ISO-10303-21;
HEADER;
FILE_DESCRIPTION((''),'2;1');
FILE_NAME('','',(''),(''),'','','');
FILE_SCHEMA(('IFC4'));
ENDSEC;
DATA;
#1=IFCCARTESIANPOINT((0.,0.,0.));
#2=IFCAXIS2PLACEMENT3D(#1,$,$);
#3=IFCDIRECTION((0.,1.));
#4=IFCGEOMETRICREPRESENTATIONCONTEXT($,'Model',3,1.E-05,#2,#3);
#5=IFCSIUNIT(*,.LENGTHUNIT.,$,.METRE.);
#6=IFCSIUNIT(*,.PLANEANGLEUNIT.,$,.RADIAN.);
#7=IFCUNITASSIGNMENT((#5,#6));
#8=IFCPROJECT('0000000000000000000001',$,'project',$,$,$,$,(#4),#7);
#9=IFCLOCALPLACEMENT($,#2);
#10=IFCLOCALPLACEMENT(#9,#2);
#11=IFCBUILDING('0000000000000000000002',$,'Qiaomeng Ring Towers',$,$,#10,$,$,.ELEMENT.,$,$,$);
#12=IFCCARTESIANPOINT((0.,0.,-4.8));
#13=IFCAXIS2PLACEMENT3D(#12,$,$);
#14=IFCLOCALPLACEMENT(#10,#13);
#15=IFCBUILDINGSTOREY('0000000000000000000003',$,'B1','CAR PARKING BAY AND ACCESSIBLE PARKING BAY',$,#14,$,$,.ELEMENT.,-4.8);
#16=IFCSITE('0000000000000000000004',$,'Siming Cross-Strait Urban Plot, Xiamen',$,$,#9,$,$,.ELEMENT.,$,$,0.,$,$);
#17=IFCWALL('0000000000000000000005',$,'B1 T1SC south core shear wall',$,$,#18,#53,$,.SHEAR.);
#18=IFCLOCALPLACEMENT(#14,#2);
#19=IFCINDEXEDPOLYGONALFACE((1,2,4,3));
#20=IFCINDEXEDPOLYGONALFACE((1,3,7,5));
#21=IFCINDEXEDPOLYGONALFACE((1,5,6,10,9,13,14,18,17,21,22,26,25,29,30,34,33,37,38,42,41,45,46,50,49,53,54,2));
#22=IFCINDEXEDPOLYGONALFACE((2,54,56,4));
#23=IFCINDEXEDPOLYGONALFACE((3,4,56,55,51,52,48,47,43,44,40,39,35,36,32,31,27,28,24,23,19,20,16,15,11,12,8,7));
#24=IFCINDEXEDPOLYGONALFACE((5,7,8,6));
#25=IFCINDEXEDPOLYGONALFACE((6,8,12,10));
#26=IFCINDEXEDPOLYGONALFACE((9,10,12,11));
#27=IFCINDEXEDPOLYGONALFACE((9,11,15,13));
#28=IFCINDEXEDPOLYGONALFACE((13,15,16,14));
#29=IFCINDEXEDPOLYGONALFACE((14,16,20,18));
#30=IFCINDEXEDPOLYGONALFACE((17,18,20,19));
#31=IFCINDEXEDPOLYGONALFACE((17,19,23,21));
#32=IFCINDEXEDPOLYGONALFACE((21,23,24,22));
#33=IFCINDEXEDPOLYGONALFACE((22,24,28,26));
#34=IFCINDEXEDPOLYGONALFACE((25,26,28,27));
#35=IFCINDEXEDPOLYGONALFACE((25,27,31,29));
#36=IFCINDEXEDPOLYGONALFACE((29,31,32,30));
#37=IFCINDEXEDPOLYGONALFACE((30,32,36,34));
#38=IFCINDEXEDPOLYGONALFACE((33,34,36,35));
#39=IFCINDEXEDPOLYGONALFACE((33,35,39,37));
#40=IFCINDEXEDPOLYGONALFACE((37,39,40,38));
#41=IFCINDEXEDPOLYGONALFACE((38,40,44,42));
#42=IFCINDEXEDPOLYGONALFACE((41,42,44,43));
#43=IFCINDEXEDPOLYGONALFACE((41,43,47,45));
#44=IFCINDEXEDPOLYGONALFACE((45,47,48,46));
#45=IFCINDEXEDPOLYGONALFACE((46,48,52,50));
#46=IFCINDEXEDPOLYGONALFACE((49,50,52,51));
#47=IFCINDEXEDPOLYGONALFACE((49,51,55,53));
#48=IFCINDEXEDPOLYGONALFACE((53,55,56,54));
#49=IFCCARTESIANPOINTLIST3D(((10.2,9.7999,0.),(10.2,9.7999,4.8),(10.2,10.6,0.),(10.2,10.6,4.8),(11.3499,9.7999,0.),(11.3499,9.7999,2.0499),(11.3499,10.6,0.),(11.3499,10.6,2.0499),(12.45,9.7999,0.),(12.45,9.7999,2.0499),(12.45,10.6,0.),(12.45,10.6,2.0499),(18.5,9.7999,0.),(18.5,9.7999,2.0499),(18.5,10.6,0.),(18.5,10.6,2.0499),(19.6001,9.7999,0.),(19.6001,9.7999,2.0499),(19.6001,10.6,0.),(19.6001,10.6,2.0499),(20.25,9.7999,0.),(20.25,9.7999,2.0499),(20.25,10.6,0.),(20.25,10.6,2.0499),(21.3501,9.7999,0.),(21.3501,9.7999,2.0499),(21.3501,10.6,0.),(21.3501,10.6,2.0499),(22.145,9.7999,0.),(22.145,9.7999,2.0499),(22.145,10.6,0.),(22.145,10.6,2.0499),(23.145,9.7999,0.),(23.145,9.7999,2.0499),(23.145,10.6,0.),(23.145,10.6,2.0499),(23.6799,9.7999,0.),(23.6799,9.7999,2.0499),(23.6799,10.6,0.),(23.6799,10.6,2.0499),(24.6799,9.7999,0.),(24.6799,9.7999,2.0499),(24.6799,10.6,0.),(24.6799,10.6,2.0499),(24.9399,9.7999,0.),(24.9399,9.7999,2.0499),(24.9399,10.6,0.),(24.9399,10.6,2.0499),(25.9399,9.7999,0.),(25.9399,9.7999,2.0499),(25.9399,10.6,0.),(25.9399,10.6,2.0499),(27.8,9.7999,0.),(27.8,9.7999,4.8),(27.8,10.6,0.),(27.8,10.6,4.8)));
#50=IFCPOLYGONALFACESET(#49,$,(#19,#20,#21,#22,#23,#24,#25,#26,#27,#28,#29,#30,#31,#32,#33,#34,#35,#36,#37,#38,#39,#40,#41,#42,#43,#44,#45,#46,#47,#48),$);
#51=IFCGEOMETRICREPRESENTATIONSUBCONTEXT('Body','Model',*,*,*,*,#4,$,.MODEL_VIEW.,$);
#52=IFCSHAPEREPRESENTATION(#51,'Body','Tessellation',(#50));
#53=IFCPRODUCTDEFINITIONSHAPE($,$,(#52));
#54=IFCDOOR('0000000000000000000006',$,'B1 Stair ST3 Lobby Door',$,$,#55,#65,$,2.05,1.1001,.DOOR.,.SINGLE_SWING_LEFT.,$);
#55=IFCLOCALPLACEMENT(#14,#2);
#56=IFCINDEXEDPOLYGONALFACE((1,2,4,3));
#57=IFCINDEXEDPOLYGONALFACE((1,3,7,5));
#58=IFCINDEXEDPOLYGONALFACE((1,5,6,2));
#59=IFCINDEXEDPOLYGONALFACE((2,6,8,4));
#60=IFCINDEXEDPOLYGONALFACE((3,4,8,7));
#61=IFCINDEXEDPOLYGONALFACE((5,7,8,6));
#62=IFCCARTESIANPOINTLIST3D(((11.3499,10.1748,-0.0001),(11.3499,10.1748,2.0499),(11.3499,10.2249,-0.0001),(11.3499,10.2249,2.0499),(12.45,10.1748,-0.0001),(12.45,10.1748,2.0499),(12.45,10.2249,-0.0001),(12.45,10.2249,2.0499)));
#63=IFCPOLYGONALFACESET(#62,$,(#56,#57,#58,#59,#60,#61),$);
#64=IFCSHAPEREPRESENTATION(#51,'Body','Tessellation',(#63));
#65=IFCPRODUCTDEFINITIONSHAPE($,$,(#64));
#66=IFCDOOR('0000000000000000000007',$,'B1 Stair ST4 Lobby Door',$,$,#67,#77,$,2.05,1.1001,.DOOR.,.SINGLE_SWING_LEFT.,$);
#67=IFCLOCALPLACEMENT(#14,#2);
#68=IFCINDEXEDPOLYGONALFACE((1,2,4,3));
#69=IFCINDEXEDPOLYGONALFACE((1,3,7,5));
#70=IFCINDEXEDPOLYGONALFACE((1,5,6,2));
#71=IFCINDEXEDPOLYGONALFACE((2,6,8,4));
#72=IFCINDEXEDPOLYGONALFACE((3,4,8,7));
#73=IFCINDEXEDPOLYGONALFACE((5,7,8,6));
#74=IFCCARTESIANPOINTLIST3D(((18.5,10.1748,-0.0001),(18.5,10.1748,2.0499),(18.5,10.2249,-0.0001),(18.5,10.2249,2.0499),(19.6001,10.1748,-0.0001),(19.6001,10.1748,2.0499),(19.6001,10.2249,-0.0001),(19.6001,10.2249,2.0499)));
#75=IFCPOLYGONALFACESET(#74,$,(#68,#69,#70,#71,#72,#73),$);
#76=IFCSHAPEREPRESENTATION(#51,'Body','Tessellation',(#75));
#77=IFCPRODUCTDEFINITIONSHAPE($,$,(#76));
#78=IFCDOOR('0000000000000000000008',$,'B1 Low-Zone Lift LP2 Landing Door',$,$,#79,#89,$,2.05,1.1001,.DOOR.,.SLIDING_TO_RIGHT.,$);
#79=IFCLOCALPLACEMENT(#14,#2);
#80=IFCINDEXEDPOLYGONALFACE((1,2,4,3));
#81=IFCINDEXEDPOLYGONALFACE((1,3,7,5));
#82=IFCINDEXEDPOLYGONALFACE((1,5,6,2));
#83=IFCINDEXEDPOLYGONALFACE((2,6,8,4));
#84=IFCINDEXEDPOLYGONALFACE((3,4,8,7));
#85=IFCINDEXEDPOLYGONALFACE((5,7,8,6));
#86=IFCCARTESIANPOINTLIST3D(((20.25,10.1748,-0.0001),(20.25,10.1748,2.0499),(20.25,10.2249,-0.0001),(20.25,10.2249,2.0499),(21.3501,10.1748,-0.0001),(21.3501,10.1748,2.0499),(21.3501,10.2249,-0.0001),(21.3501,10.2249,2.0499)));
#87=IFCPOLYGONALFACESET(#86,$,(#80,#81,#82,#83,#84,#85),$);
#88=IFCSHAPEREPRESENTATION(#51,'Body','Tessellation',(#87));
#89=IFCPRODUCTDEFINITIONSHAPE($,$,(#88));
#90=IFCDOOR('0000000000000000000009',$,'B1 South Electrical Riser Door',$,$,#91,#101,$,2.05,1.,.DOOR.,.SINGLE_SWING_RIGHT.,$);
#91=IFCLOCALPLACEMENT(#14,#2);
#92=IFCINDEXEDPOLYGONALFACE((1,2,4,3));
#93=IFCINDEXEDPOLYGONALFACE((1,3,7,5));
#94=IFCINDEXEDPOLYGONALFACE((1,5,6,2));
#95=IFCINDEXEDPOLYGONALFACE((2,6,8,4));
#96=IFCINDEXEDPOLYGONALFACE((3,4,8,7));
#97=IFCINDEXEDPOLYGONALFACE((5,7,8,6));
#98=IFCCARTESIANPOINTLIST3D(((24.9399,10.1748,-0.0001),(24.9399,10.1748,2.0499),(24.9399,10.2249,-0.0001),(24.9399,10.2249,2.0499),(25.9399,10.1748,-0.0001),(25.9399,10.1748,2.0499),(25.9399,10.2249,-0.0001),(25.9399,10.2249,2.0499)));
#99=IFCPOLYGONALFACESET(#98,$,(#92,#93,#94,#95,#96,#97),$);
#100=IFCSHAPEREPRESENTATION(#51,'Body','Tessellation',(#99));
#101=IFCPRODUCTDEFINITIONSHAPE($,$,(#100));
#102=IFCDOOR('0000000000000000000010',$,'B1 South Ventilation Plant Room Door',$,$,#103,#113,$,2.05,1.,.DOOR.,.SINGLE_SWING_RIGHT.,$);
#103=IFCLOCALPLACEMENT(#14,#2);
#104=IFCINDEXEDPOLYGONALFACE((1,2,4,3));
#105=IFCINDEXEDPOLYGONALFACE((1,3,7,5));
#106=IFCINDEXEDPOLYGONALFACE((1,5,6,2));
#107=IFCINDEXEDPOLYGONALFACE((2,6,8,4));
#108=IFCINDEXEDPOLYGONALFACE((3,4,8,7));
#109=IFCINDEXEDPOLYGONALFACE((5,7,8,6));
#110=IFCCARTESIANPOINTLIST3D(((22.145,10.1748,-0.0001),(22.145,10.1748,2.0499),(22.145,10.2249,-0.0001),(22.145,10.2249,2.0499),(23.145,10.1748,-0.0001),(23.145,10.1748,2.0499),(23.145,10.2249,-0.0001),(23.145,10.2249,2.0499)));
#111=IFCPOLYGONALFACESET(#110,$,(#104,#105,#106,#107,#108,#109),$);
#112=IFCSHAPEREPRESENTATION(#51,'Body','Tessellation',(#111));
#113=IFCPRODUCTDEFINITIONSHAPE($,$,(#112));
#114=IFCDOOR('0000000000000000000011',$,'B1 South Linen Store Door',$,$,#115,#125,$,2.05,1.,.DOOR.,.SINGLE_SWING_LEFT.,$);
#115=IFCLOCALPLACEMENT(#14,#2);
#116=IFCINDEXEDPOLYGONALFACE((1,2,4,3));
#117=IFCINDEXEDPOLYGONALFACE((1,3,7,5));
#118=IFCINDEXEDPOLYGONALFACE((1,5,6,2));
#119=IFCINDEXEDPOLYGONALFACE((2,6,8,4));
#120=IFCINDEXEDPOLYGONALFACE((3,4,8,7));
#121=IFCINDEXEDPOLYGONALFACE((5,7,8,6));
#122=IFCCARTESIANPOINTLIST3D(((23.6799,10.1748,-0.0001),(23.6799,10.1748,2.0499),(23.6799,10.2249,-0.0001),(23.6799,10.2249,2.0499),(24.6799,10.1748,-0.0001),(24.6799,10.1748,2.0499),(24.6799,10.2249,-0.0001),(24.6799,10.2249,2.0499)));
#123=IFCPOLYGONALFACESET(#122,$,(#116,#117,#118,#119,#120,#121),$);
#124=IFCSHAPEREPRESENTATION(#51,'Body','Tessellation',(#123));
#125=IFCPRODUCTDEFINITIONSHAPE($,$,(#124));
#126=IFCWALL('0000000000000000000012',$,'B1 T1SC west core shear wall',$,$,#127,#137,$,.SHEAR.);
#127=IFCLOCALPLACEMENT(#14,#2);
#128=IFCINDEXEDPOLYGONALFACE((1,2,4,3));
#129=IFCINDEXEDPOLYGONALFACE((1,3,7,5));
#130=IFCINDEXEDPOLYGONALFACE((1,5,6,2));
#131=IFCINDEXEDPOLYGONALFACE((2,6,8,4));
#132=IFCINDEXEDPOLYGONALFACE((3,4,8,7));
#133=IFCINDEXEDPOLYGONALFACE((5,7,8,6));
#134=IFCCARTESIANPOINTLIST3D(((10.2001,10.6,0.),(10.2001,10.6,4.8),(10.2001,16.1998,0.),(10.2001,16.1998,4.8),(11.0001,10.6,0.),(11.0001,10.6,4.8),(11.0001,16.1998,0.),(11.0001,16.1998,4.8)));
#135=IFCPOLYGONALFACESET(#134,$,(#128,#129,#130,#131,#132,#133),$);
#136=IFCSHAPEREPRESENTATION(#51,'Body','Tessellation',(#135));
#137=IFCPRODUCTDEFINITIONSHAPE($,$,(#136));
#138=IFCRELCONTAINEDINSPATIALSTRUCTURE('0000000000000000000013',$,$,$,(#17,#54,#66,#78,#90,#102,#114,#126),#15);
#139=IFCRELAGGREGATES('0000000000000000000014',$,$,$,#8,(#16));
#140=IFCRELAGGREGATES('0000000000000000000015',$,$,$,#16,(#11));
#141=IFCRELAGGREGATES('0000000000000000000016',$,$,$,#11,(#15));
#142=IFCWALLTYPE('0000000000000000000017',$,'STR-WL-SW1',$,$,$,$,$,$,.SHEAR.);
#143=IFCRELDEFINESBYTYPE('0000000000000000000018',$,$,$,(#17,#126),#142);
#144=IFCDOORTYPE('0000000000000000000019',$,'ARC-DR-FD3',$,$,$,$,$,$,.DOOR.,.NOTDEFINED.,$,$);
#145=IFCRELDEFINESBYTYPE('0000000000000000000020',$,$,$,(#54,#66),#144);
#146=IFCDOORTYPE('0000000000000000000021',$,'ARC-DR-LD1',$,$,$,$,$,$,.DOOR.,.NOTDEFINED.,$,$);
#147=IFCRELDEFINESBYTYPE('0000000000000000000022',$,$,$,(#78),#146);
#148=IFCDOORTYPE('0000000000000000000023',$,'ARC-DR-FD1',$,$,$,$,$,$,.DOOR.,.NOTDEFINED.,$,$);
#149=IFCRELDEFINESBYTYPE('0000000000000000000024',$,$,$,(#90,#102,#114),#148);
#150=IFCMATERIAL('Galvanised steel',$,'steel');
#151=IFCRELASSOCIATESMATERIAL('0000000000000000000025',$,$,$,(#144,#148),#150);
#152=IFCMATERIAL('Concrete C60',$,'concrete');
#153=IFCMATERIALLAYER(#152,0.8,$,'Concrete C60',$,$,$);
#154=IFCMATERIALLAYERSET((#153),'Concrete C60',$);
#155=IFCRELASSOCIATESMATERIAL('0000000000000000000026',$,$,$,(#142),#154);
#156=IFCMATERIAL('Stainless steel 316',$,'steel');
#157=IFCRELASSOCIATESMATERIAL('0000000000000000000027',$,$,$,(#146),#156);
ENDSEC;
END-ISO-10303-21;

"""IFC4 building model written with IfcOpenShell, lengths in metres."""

from ifc_helpers import new_model, si_unit, direction, frame, frame_2d, origin, place, context, subcontext, project, spatial, rectangle, extrude, source, transform, mapped, material, layer, layer_set, type_object, element, fill, save


model = new_model("IFC4")

# Units and contexts
model_context = context("Model", 3, precision=1e-05, world=origin(), true_north=direction((0.0, 1.0)))
body_context = subcontext(model_context, "Body", "Model", "MODEL_VIEW")
ifc_project = project(units=[si_unit("LENGTHUNIT", "METRE"), si_unit("PLANEANGLEUNIT", "RADIAN")], contexts=[model_context])

# Site, building, storey
site_placement = place(None, origin())
site = spatial("IfcSite", under=ifc_project, at=site_placement, Name="Siming Cross-Strait Urban Plot, Xiamen", CompositionType="ELEMENT", RefElevation=0.0)
building_placement = place(site_placement, origin())
building = spatial("IfcBuilding", under=site, at=building_placement, Name="Qiaomeng Ring Towers", CompositionType="ELEMENT")
storey_placement = place(building_placement, frame((0.0, 0.0, -4.8)))
storey = spatial("IfcBuildingStorey", under=building, at=storey_placement, Name="B1", Description="CAR PARKING BAY AND ACCESSIBLE PARKING BAY", CompositionType="ELEMENT", Elevation=-4.8)

# Shared definitions
ifc_material_1 = material(Name="Concrete C60", Category="concrete")

# Shared definitions
ifc_material_2 = material(Name="Galvanised steel", Category="steel")
door_type_1 = type_object("IfcDoorType", Name="ARC-DR-FD3", OperationType="NOTDEFINED", PredefinedType="DOOR", material=ifc_material_2)
shared_shape_1 = source(origin(), body_context, "Body", "SweptSolid", [
    extrude(rectangle(XDim=1.1001, YDim=2.05, at=frame_2d((0.55, 1.0249))), frame((0.0, 0.0249, 0.0), z_axis=(0.0, -1.0, 0.0), x_axis=(1.0, 0.0, 0.0)), (0.0, 0.0, 1.0), 0.05),
])

# Wall, openings, doors
ifc_layer_1 = layer(ifc_material_1, 0.8, Name="Concrete C60")
ifc_layer_set_1 = layer_set([ifc_layer_1], Name="Concrete C60")
wall_type_1 = type_object("IfcWallType", Name="STR-WL-SW1", PredefinedType="SHEAR", material=ifc_layer_set_1)
wall_1_placement = place(storey_placement, frame((10.2, 10.2, 0.0), z_axis=(0.0, 0.0, 1.0), x_axis=(1.0, 0.0, 0.0)))
wall_1 = element("IfcWall", 1, at=wall_1_placement, inside=storey, type_object=wall_type_1, Name="B1 T1SC south core shear wall", PredefinedType="SHEAR", context=body_context, shape_type="SweptSolid", body=[
    extrude(rectangle(XDim=17.6001, YDim=0.8, at=frame_2d((8.8, 0.0))), origin(), (0.0, 0.0, 1.0), 4.8),
])
opening_1_placement = place(wall_1_placement, frame((1.1499, 0.0, 0.0)))
opening_1 = element("IfcOpeningElement", 2, at=opening_1_placement, cuts=wall_1, PredefinedType="OPENING", context=body_context, shape_type="SweptSolid", body=[
    extrude(rectangle(XDim=1.1001, YDim=2.05, at=frame_2d((0.55, 1.0249))), frame((0.0, 0.4099, 0.0), z_axis=(0.0, -1.0, 0.0), x_axis=(1.0, 0.0, 0.0)), (0.0, 0.0, 1.0), 0.8201),
])
opening_2_placement = place(wall_1_placement, frame((8.3, 0.0, 0.0)))
opening_2 = element("IfcOpeningElement", 3, at=opening_2_placement, cuts=wall_1, PredefinedType="OPENING", context=body_context, shape_type="SweptSolid", body=[
    extrude(rectangle(XDim=1.1001, YDim=2.05, at=frame_2d((0.55, 1.0249))), frame((0.0, 0.4099, 0.0), z_axis=(0.0, -1.0, 0.0), x_axis=(1.0, 0.0, 0.0)), (0.0, 0.0, 1.0), 0.8201),
])
opening_3_placement = place(wall_1_placement, frame((10.05, 0.0, 0.0)))
opening_3 = element("IfcOpeningElement", 4, at=opening_3_placement, cuts=wall_1, PredefinedType="OPENING", context=body_context, shape_type="SweptSolid", body=[
    extrude(rectangle(XDim=1.1001, YDim=2.05, at=frame_2d((0.55, 1.0249))), frame((0.0, 0.4099, 0.0), z_axis=(0.0, -1.0, 0.0), x_axis=(1.0, 0.0, 0.0)), (0.0, 0.0, 1.0), 0.8201),
])
opening_4_placement = place(wall_1_placement, frame((14.74, 0.0, 0.0)))
opening_4 = element("IfcOpeningElement", 5, at=opening_4_placement, cuts=wall_1, PredefinedType="OPENING", context=body_context, shape_type="SweptSolid", body=[
    extrude(rectangle(XDim=1.0, YDim=2.05, at=frame_2d((0.5, 1.0249))), frame((0.0, 0.4099, 0.0), z_axis=(0.0, -1.0, 0.0), x_axis=(1.0, 0.0, 0.0)), (0.0, 0.0, 1.0), 0.8201),
])
opening_5_placement = place(wall_1_placement, frame((11.9451, 0.0, 0.0)))
opening_5 = element("IfcOpeningElement", 6, at=opening_5_placement, cuts=wall_1, PredefinedType="OPENING", context=body_context, shape_type="SweptSolid", body=[
    extrude(rectangle(XDim=1.0, YDim=2.05, at=frame_2d((0.5, 1.0249))), frame((0.0, 0.4099, 0.0), z_axis=(0.0, -1.0, 0.0), x_axis=(1.0, 0.0, 0.0)), (0.0, 0.0, 1.0), 0.8201),
])
opening_6_placement = place(wall_1_placement, frame((13.48, 0.0, 0.0)))
opening_6 = element("IfcOpeningElement", 7, at=opening_6_placement, cuts=wall_1, PredefinedType="OPENING", context=body_context, shape_type="SweptSolid", body=[
    extrude(rectangle(XDim=1.0, YDim=2.05, at=frame_2d((0.5, 1.0249))), frame((0.0, 0.4099, 0.0), z_axis=(0.0, -1.0, 0.0), x_axis=(1.0, 0.0, 0.0)), (0.0, 0.0, 1.0), 0.8201),
])
door_1_placement = place(opening_1_placement, origin())
door_1 = element("IfcDoor", 8, at=door_1_placement, inside=storey, type_object=door_type_1, Name="B1 Stair ST3 Lobby Door", OperationType="SINGLE_SWING_LEFT", OverallHeight=2.05, OverallWidth=1.1001, PredefinedType="DOOR", context=body_context, shape_type="MappedRepresentation", body=[
    mapped(shared_shape_1, transform((0.0, 0.0, 0.0), x_axis=(1.0, 0.0, 0.0), y_axis=(0.0, 1.0, 0.0), z_axis=(0.0, 0.0, 1.0), scale=1.0)),
])
fill(opening_1, door_1)
door_2_placement = place(opening_2_placement, origin())
door_2 = element("IfcDoor", 9, at=door_2_placement, inside=storey, type_object=door_type_1, Name="B1 Stair ST4 Lobby Door", OperationType="SINGLE_SWING_LEFT", OverallHeight=2.05, OverallWidth=1.1001, PredefinedType="DOOR", context=body_context, shape_type="MappedRepresentation", body=[
    mapped(shared_shape_1, transform((0.0, 0.0, 0.0), x_axis=(1.0, 0.0, 0.0), y_axis=(0.0, 1.0, 0.0), z_axis=(0.0, 0.0, 1.0), scale=1.0)),
])
fill(opening_2, door_2)
ifc_material_3 = material(Name="Stainless steel 316", Category="steel")
door_type_2 = type_object("IfcDoorType", Name="ARC-DR-LD1", OperationType="NOTDEFINED", PredefinedType="DOOR", material=ifc_material_3)
door_3_placement = place(opening_3_placement, origin())
door_3 = element("IfcDoor", 10, at=door_3_placement, inside=storey, type_object=door_type_2, Name="B1 Low-Zone Lift LP2 Landing Door", OperationType="SLIDING_TO_RIGHT", OverallHeight=2.05, OverallWidth=1.1001, PredefinedType="DOOR", context=body_context, shape_type="MappedRepresentation", body=[
    mapped(shared_shape_1, transform((0.0, 0.0, 0.0), x_axis=(1.0, 0.0, 0.0), y_axis=(0.0, 1.0, 0.0), z_axis=(0.0, 0.0, 1.0), scale=1.0)),
])
fill(opening_3, door_3)
door_type_3 = type_object("IfcDoorType", Name="ARC-DR-FD1", OperationType="NOTDEFINED", PredefinedType="DOOR", material=ifc_material_2)
shared_shape_2 = source(origin(), body_context, "Body", "SweptSolid", [
    extrude(rectangle(XDim=1.0, YDim=2.05, at=frame_2d((0.5, 1.0249))), frame((0.0, 0.0249, 0.0), z_axis=(0.0, -1.0, 0.0), x_axis=(1.0, 0.0, 0.0)), (0.0, 0.0, 1.0), 0.05),
])
door_4_placement = place(opening_4_placement, origin())
door_4 = element("IfcDoor", 11, at=door_4_placement, inside=storey, type_object=door_type_3, Name="B1 South Electrical Riser Door", OperationType="SINGLE_SWING_RIGHT", OverallHeight=2.05, OverallWidth=1.0, PredefinedType="DOOR", context=body_context, shape_type="MappedRepresentation", body=[
    mapped(shared_shape_2, transform((0.0, 0.0, 0.0), x_axis=(1.0, 0.0, 0.0), y_axis=(0.0, 1.0, 0.0), z_axis=(0.0, 0.0, 1.0), scale=1.0)),
])
fill(opening_4, door_4)
door_5_placement = place(opening_5_placement, origin())
door_5 = element("IfcDoor", 12, at=door_5_placement, inside=storey, type_object=door_type_3, Name="B1 South Ventilation Plant Room Door", OperationType="SINGLE_SWING_RIGHT", OverallHeight=2.05, OverallWidth=1.0, PredefinedType="DOOR", context=body_context, shape_type="MappedRepresentation", body=[
    mapped(shared_shape_2, transform((0.0, 0.0, 0.0), x_axis=(1.0, 0.0, 0.0), y_axis=(0.0, 1.0, 0.0), z_axis=(0.0, 0.0, 1.0), scale=1.0)),
])
fill(opening_5, door_5)
door_6_placement = place(opening_6_placement, origin())
door_6 = element("IfcDoor", 13, at=door_6_placement, inside=storey, type_object=door_type_3, Name="B1 South Linen Store Door", OperationType="SINGLE_SWING_LEFT", OverallHeight=2.05, OverallWidth=1.0, PredefinedType="DOOR", context=body_context, shape_type="MappedRepresentation", body=[
    mapped(shared_shape_2, transform((0.0, 0.0, 0.0), x_axis=(1.0, 0.0, 0.0), y_axis=(0.0, 1.0, 0.0), z_axis=(0.0, 0.0, 1.0), scale=1.0)),
])
fill(opening_6, door_6)

# Wall
wall_2_placement = place(storey_placement, frame((10.6001, 10.6001, 0.0), z_axis=(0.0, 0.0, 1.0), x_axis=(0.0, 1.0, 0.0)))
element("IfcWall", 14, at=wall_2_placement, inside=storey, type_object=wall_type_1, Name="B1 T1SC west core shear wall", PredefinedType="SHEAR", context=body_context, shape_type="SweptSolid", body=[
    extrude(rectangle(XDim=5.5999, YDim=0.8, at=frame_2d((2.7998, 0.0))), origin(), (0.0, 0.0, 1.0), 4.8),
])

save(model, "model.ifc")
